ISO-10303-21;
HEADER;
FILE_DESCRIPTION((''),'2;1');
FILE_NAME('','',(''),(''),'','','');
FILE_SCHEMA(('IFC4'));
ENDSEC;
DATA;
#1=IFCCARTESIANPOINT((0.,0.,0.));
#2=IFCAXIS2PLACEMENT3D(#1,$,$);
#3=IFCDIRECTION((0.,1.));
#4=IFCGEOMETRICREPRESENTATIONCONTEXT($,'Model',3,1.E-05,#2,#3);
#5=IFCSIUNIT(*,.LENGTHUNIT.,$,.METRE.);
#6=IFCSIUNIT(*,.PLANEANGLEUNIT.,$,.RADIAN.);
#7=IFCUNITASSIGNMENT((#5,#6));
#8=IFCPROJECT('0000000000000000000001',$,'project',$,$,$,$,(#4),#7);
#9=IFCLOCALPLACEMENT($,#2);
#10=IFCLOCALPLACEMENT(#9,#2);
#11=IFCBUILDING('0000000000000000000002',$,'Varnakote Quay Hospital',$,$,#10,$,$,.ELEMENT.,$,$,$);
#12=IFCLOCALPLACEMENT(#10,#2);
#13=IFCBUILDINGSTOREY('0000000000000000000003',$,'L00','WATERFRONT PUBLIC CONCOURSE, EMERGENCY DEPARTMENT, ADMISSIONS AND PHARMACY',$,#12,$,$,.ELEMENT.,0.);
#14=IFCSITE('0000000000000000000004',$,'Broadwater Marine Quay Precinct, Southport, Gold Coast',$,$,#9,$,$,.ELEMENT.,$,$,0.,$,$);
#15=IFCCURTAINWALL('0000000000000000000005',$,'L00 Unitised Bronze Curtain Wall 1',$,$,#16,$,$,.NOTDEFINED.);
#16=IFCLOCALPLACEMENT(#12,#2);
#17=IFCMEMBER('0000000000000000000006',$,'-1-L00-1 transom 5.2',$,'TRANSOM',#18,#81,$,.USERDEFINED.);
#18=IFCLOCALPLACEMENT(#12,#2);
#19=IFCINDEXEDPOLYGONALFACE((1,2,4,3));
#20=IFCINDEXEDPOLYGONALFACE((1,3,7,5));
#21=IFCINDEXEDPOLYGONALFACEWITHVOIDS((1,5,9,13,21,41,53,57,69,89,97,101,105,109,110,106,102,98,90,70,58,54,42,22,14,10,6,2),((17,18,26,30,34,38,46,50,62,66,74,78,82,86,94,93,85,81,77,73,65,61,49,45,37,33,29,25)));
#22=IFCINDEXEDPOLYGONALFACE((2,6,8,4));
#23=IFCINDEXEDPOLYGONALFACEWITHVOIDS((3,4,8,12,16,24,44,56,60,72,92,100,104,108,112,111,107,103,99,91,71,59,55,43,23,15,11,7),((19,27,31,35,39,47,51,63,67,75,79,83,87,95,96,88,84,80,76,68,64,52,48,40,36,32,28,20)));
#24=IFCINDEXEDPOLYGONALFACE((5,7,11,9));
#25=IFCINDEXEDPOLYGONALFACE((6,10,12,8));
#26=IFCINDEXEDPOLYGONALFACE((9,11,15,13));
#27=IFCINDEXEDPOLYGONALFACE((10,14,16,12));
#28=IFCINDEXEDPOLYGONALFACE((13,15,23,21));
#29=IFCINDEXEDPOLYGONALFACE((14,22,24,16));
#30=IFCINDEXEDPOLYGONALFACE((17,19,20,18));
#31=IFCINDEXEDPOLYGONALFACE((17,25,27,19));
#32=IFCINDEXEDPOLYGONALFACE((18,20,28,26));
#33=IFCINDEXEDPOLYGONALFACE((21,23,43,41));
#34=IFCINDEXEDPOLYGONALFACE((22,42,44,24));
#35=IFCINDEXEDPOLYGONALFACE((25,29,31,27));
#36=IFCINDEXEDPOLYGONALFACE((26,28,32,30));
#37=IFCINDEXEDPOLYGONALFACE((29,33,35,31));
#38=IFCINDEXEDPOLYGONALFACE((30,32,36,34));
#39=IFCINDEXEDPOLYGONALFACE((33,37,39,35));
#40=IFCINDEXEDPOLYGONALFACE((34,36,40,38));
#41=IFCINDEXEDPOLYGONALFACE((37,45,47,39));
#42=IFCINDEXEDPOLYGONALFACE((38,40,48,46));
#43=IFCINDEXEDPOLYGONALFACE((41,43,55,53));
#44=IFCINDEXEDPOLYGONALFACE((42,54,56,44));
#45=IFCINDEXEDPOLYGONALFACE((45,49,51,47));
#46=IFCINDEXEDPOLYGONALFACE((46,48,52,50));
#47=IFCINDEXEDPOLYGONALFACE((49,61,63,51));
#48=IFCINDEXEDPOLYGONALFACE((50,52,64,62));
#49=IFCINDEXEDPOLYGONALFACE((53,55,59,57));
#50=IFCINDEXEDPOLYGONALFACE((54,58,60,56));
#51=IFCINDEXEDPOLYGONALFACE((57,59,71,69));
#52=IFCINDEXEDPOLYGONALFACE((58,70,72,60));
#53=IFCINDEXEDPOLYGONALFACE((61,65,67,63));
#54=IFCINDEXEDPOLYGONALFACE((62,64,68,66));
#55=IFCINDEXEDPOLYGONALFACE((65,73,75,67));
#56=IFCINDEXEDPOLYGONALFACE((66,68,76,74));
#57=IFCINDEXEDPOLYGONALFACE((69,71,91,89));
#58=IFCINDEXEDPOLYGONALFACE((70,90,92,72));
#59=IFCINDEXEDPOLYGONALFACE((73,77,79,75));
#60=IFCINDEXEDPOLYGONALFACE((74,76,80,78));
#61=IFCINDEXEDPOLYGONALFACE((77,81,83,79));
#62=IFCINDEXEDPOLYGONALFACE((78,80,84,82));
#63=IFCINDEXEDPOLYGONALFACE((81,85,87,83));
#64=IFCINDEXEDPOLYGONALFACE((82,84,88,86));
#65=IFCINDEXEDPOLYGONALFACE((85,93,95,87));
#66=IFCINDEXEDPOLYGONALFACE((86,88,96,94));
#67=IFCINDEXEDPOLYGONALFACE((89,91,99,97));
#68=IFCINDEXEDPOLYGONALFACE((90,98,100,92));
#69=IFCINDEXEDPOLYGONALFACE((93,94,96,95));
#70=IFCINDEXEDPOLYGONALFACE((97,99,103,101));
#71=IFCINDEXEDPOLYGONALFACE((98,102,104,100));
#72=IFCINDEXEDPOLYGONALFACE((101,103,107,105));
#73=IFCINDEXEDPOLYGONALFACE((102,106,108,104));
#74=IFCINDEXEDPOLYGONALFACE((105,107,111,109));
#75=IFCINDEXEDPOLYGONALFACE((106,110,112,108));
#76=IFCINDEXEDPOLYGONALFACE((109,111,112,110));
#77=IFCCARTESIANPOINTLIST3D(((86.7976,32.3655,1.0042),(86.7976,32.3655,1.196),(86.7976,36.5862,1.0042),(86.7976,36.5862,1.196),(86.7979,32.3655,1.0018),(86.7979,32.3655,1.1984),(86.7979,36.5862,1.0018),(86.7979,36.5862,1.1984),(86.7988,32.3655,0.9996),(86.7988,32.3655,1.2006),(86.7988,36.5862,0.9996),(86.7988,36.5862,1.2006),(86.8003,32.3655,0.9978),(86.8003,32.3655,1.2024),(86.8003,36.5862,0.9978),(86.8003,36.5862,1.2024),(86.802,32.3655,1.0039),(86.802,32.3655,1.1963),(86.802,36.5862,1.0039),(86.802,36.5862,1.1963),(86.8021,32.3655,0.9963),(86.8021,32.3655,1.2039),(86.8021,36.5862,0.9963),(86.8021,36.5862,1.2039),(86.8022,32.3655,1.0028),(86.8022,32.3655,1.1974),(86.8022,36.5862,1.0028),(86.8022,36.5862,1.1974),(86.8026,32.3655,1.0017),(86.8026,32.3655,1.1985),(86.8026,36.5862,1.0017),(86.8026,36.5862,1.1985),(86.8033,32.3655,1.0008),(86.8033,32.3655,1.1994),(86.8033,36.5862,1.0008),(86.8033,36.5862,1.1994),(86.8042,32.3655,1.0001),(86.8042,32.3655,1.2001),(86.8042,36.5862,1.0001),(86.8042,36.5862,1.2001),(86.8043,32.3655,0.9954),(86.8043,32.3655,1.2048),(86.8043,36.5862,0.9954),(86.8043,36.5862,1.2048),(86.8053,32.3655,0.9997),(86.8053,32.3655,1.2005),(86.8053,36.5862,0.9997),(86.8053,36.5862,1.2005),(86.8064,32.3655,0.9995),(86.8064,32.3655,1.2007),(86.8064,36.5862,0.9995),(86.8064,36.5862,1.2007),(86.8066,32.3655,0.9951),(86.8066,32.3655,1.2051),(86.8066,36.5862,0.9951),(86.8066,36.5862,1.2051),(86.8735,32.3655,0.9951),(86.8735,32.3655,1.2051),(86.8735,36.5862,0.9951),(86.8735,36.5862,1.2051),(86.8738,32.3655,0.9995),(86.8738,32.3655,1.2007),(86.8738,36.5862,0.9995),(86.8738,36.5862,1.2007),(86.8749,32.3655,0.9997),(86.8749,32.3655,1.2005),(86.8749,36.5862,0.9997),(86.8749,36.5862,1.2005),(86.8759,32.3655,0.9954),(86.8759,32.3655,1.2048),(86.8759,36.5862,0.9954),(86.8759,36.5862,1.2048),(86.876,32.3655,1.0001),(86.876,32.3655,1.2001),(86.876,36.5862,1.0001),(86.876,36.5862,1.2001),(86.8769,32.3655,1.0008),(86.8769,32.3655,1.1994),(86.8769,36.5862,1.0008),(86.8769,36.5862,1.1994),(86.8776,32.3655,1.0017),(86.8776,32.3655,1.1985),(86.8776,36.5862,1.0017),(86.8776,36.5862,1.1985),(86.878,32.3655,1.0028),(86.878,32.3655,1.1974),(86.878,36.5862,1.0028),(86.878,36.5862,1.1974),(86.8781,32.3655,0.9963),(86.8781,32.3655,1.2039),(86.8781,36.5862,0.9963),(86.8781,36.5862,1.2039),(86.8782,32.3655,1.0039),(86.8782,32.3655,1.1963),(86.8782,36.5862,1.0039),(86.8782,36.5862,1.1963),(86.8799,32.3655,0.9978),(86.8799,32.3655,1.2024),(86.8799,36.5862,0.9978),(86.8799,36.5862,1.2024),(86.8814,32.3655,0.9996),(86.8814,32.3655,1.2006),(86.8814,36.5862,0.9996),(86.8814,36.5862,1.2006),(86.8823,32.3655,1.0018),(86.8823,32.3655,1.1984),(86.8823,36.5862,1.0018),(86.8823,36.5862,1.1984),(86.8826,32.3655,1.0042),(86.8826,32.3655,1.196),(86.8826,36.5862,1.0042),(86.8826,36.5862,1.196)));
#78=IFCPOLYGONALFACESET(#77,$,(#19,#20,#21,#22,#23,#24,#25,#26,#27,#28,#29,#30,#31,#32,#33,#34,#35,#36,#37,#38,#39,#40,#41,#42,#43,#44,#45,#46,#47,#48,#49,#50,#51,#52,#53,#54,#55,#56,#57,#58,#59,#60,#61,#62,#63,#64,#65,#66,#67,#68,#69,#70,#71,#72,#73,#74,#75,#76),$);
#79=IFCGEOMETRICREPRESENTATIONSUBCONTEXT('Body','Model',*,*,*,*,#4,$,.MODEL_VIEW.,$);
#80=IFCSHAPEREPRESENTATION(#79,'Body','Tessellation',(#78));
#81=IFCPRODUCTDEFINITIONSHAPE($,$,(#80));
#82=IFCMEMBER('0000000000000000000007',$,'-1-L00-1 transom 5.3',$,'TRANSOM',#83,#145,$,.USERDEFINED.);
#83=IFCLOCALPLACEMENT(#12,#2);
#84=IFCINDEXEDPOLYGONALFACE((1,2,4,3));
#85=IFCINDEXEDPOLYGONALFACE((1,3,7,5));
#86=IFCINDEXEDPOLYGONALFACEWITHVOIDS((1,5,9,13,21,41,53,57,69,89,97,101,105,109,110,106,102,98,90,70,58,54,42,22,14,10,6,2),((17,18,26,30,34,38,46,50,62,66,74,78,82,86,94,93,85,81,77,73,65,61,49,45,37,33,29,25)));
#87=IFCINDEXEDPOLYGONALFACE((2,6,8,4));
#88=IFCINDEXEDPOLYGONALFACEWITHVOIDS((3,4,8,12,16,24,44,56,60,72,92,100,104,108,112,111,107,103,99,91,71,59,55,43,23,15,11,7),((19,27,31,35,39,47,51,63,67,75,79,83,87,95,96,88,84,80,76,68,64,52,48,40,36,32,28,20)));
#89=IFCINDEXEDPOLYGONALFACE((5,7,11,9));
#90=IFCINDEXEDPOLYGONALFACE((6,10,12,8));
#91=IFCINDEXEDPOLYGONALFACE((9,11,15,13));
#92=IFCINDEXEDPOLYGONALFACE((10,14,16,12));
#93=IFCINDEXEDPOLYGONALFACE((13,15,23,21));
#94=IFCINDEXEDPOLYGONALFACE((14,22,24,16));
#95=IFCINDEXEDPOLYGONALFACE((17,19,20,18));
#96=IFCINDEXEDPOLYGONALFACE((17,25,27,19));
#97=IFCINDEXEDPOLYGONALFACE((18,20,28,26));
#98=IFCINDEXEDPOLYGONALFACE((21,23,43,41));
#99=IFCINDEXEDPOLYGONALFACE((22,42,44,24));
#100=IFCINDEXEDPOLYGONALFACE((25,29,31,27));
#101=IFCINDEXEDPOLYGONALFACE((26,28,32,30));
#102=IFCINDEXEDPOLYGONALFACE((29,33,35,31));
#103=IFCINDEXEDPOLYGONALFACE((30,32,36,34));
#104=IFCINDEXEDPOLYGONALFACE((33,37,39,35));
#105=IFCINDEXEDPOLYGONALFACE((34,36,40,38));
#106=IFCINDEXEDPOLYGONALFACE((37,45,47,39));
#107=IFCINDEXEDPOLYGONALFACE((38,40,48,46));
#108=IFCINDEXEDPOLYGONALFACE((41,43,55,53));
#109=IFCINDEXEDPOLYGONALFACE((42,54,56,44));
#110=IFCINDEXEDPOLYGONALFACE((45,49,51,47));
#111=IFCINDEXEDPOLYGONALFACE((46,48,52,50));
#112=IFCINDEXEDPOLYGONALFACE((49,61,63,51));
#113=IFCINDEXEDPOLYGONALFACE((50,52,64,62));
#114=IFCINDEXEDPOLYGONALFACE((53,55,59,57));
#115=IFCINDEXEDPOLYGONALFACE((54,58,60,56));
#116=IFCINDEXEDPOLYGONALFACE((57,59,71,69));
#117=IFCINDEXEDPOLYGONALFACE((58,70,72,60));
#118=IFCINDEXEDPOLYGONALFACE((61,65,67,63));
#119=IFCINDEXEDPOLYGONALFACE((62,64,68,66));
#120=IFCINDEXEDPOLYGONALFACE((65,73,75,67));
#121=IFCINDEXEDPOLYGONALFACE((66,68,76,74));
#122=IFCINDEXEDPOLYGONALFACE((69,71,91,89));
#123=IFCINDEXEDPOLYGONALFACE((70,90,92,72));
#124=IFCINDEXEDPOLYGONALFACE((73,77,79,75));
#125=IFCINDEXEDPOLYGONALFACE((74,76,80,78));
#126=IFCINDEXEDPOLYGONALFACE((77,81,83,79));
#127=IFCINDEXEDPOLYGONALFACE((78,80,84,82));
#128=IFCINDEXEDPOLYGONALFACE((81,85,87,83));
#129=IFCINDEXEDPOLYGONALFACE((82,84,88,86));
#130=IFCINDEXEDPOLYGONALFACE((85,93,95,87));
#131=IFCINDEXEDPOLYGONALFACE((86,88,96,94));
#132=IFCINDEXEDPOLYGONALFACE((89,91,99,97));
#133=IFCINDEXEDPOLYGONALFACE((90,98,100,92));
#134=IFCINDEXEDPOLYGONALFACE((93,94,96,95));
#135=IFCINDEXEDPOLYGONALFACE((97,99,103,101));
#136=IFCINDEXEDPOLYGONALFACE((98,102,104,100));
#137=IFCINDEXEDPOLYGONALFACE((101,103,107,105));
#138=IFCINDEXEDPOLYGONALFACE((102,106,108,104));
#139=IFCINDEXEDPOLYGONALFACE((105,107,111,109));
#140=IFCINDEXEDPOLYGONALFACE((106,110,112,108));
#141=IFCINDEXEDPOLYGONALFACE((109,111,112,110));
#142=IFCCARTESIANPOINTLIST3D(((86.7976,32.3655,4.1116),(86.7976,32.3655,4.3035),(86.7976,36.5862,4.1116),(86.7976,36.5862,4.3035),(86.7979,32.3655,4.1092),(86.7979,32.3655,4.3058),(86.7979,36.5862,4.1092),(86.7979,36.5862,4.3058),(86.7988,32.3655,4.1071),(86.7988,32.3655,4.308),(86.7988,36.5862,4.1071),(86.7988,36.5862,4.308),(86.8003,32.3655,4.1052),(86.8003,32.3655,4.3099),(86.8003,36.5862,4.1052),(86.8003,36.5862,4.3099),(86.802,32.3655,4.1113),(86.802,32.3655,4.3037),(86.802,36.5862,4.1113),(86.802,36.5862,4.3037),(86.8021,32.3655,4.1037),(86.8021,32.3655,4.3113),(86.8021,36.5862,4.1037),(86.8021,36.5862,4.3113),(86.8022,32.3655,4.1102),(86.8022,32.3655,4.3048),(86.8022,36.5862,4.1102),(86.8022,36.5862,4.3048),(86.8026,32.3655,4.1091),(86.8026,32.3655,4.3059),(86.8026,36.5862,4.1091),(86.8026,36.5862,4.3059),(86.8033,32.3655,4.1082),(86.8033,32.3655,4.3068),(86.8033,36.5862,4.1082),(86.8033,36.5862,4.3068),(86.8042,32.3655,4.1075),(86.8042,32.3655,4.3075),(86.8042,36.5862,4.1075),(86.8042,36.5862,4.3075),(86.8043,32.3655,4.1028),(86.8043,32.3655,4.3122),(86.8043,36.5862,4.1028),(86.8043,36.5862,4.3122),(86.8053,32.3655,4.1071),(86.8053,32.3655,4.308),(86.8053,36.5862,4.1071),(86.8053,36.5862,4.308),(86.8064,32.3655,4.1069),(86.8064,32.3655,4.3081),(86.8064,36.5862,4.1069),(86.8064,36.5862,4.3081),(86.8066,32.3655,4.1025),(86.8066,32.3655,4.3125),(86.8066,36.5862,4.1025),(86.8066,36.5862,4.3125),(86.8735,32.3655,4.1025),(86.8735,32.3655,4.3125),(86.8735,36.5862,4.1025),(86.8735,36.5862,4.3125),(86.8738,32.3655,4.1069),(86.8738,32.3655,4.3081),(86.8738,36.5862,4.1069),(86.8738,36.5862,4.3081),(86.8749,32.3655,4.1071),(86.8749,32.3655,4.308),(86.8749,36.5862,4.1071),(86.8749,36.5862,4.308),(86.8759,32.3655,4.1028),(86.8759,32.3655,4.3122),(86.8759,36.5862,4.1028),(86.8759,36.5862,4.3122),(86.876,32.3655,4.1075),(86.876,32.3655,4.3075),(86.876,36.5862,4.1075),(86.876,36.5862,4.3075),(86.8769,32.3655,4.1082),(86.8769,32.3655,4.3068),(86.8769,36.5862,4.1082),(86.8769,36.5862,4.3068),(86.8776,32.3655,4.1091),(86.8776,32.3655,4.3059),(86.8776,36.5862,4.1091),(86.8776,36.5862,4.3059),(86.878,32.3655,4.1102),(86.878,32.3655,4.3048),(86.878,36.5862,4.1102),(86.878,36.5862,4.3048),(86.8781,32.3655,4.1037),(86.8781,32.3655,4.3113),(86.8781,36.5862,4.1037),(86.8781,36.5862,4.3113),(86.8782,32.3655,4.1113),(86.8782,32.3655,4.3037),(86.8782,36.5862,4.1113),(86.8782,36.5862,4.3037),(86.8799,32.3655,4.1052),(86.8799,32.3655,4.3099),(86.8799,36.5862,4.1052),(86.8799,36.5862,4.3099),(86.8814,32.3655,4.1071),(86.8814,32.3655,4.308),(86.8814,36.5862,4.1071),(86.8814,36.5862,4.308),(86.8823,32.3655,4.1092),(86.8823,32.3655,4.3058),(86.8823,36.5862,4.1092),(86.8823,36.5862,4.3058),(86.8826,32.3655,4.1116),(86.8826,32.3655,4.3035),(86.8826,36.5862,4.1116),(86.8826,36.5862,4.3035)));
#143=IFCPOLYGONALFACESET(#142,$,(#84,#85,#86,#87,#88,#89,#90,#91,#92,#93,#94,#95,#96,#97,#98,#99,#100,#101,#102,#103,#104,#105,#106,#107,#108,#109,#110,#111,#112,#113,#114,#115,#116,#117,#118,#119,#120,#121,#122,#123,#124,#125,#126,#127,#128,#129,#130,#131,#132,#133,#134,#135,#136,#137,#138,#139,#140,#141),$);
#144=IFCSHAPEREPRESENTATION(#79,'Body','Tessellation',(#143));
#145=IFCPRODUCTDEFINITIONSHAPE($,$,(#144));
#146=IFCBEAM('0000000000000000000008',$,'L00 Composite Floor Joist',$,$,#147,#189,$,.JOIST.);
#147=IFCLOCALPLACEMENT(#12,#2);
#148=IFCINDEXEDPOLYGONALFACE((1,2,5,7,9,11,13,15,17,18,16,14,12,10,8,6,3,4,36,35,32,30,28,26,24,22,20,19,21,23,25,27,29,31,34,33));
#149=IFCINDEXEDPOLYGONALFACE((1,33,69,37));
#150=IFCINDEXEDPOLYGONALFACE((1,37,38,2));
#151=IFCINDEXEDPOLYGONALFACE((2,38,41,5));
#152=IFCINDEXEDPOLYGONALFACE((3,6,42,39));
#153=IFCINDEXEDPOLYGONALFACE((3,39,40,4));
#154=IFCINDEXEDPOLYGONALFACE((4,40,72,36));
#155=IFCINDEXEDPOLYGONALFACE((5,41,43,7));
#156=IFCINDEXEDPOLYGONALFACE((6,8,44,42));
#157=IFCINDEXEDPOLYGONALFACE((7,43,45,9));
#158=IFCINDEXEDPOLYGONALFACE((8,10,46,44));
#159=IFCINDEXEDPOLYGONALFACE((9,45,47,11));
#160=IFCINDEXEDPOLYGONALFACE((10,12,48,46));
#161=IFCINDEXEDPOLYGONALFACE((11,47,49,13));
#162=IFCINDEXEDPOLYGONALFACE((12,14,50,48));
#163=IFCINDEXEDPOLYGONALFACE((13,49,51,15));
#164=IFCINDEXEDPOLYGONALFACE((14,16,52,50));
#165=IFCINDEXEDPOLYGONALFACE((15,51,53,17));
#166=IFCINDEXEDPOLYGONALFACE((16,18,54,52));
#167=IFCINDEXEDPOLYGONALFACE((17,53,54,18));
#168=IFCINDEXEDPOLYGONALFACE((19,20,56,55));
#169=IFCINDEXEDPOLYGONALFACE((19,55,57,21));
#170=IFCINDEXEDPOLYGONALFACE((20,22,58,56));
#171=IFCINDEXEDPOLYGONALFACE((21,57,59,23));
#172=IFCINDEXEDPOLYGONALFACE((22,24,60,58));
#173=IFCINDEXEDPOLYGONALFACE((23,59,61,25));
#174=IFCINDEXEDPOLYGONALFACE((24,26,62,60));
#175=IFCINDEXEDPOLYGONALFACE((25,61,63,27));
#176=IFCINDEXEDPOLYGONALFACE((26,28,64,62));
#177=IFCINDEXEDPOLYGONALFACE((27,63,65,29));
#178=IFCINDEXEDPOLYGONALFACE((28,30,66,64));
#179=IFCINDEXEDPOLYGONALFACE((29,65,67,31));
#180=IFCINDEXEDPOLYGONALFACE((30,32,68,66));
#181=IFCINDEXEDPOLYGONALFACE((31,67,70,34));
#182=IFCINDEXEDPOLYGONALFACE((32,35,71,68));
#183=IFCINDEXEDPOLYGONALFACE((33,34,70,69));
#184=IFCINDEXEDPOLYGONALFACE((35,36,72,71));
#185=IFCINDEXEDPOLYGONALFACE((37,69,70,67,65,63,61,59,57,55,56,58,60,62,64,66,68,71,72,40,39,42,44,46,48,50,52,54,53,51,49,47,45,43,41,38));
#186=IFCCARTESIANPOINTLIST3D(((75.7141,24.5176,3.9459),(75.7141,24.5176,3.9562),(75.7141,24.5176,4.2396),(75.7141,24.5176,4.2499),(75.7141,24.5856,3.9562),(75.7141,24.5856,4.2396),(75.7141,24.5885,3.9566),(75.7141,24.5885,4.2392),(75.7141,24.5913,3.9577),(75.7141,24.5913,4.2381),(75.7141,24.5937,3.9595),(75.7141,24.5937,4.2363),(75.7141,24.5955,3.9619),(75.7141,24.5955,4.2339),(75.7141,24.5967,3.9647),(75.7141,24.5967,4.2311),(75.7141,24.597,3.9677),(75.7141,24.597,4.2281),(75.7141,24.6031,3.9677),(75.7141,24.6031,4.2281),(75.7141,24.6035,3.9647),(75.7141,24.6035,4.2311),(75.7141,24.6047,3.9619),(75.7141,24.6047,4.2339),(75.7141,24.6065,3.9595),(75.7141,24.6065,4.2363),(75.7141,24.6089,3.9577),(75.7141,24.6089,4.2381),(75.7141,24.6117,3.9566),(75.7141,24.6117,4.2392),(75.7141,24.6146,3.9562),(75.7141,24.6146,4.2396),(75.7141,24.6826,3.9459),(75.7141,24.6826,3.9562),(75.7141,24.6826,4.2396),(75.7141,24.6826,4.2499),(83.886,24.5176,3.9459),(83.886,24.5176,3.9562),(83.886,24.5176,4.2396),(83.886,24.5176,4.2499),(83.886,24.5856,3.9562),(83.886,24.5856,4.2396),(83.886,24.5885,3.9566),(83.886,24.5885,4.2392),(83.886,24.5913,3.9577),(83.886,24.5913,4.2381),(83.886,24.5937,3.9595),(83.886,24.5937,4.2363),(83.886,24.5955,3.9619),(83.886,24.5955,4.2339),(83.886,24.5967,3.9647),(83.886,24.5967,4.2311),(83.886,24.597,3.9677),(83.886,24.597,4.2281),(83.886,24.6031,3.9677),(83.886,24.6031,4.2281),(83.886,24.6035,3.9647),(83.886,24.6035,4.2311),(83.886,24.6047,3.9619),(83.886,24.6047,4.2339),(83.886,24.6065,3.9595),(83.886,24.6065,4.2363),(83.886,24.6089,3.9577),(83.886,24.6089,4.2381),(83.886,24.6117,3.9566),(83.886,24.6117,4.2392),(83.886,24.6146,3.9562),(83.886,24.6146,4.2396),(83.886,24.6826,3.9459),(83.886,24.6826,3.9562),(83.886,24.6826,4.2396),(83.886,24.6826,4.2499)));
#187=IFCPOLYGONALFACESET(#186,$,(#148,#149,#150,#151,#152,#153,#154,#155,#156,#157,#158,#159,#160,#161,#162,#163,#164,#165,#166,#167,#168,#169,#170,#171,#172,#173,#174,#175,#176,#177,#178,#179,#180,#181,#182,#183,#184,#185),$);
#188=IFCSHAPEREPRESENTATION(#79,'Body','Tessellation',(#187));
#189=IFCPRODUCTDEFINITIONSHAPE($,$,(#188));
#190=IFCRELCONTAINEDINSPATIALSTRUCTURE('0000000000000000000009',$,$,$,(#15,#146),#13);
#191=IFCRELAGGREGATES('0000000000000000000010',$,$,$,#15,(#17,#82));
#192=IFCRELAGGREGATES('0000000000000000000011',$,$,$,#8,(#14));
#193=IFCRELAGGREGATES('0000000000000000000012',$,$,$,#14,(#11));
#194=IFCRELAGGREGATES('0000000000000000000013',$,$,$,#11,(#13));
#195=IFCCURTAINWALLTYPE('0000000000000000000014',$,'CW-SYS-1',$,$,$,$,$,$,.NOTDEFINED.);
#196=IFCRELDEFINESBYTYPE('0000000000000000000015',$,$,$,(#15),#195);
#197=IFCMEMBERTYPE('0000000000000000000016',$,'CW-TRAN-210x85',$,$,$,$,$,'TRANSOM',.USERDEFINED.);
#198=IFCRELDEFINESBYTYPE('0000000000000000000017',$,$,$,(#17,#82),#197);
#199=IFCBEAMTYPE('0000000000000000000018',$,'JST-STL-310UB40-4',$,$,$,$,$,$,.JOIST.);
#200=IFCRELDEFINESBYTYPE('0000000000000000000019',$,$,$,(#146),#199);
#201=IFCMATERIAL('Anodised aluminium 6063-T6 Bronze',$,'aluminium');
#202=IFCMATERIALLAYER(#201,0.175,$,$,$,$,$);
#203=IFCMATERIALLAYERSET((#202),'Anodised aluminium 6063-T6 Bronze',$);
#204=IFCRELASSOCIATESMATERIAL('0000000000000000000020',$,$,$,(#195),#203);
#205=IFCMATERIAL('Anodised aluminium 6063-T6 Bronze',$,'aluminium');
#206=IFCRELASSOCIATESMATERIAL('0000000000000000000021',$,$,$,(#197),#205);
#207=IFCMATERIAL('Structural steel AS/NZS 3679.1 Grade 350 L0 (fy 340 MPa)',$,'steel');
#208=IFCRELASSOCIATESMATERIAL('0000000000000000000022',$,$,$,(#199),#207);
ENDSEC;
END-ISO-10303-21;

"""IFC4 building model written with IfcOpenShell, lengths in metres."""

from ifc_helpers import new_model, si_unit, direction, frame, origin, origin_2d, place, context, subcontext, project, spatial, hollow_rectangle, i_section, extrude, material, layer, layer_set, material_profile, profile_set, type_object, element, aggregate, save


model = new_model("IFC4")

# Units and contexts
model_context = context("Model", 3, precision=1e-05, world=origin(), true_north=direction((0.0, 1.0)))
body_context = subcontext(model_context, "Body", "Model", "MODEL_VIEW")
ifc_project = project(units=[si_unit("LENGTHUNIT", "METRE"), si_unit("PLANEANGLEUNIT", "RADIAN")], contexts=[model_context])

# Site, building, storey
site_placement = place(None, origin())
site = spatial("IfcSite", under=ifc_project, at=site_placement, Name="Broadwater Marine Quay Precinct, Southport, Gold Coast", CompositionType="ELEMENT", RefElevation=0.0)
building_placement = place(site_placement, origin())
building = spatial("IfcBuilding", under=site, at=building_placement, Name="Varnakote Quay Hospital", CompositionType="ELEMENT")
storey_placement = place(building_placement, origin())
storey = spatial("IfcBuildingStorey", under=building, at=storey_placement, Name="L00", Description="WATERFRONT PUBLIC CONCOURSE, EMERGENCY DEPARTMENT, ADMISSIONS AND PHARMACY", CompositionType="ELEMENT", Elevation=0.0)

# Curtain wall, members
ifc_material_1 = material(Name="Anodised aluminium 6063-T6 Bronze", Category="aluminium")
ifc_layer_1 = layer(ifc_material_1, 0.175)
ifc_layer_set_1 = layer_set([ifc_layer_1], Name="Anodised aluminium 6063-T6 Bronze")
curtain_wall_type = type_object("IfcCurtainWallType", Name="CW-SYS-1", PredefinedType="NOTDEFINED", material=ifc_layer_set_1)
curtain_wall_placement = place(storey_placement, origin())
curtain_wall = element("IfcCurtainWall", 1, at=curtain_wall_placement, inside=storey, type_object=curtain_wall_type, Name="L00 Unitised Bronze Curtain Wall 1", PredefinedType="NOTDEFINED")
ifc_material_2 = material(Name="Anodised aluminium 6063-T6 Bronze", Category="aluminium")
ifc_material_profile_1 = material_profile(ifc_material_2, hollow_rectangle(XDim=0.085, YDim=0.21, WallThickness=0.0044, InnerFilletRadius=0.0044, OuterFilletRadius=0.009, at=origin_2d()), Name="CW-TRAN-210x85")
ifc_profile_set_1 = profile_set([ifc_material_profile_1], Name="Anodised aluminium 6063-T6 Bronze")
member_type_1 = type_object("IfcMemberType", Name="CW-TRAN-210x85", ElementType="TRANSOM", PredefinedType="USERDEFINED", material=ifc_profile_set_1)
member_1_placement = place(storey_placement, frame((86.8401, 32.3655, 1.1001), z_axis=(0.0, 1.0, 0.0), x_axis=(-1.0, 0.0, 0.0)))
member_1 = element("IfcMember", 2, at=member_1_placement, type_object=member_type_1, Name="-1-L00-1 transom 5.2", ObjectType="TRANSOM", PredefinedType="USERDEFINED", context=body_context, shape_type="SweptSolid", body=[
    extrude(hollow_rectangle(XDim=0.085, YDim=0.21, WallThickness=0.0044, InnerFilletRadius=0.0044, OuterFilletRadius=0.009, at=origin_2d()), origin(), (0.0, 0.0, 1.0), 4.2207),
])
member_2_placement = place(storey_placement, frame((86.8401, 32.3655, 4.2075), z_axis=(0.0, 1.0, 0.0), x_axis=(-1.0, 0.0, 0.0)))
member_2 = element("IfcMember", 3, at=member_2_placement, type_object=member_type_1, Name="-1-L00-1 transom 5.3", ObjectType="TRANSOM", PredefinedType="USERDEFINED", context=body_context, shape_type="SweptSolid", body=[
    extrude(hollow_rectangle(XDim=0.085, YDim=0.21, WallThickness=0.0044, InnerFilletRadius=0.0044, OuterFilletRadius=0.009, at=origin_2d()), origin(), (0.0, 0.0, 1.0), 4.2207),
])

# Beam
ifc_material_3 = material(Name="Structural steel AS/NZS 3679.1 Grade 350 L0 (fy 340 MPa)", Category="steel")
ifc_material_profile_2 = material_profile(ifc_material_3, i_section(OverallWidth=0.165, OverallDepth=0.304, WebThickness=0.0061, FlangeThickness=0.0103, FilletRadius=0.0115, at=origin_2d()), Name="310UB40.4")
ifc_profile_set_2 = profile_set([ifc_material_profile_2], Name="Structural steel AS/NZS 3679.1 Grade 350 L0 (fy 340 MPa)")
beam_type_1 = type_object("IfcBeamType", Name="JST-STL-310UB40-4", PredefinedType="JOIST", material=ifc_profile_set_2)
for number, where, z_axis, x_axis, name in (
    (4, (75.7141, 24.6001, 4.0979), (1.0, 0.0, 0.0), (0.0, 1.0, 0.0), "L00 Composite Floor Joist"),
):
    element("IfcBeam", number, at=place(storey_placement, frame(where, z_axis=z_axis, x_axis=x_axis)), inside=storey, type_object=beam_type_1, Name=name, PredefinedType="JOIST", context=body_context, shape_type="SweptSolid", body=[
        extrude(i_section(OverallWidth=0.165, OverallDepth=0.304, WebThickness=0.0061, FlangeThickness=0.0103, FilletRadius=0.0115, at=origin_2d()), origin(), (0.0, 0.0, 1.0), 8.1719),
    ])

aggregate(curtain_wall, [member_1, member_2])

save(model, "model.ifc")
